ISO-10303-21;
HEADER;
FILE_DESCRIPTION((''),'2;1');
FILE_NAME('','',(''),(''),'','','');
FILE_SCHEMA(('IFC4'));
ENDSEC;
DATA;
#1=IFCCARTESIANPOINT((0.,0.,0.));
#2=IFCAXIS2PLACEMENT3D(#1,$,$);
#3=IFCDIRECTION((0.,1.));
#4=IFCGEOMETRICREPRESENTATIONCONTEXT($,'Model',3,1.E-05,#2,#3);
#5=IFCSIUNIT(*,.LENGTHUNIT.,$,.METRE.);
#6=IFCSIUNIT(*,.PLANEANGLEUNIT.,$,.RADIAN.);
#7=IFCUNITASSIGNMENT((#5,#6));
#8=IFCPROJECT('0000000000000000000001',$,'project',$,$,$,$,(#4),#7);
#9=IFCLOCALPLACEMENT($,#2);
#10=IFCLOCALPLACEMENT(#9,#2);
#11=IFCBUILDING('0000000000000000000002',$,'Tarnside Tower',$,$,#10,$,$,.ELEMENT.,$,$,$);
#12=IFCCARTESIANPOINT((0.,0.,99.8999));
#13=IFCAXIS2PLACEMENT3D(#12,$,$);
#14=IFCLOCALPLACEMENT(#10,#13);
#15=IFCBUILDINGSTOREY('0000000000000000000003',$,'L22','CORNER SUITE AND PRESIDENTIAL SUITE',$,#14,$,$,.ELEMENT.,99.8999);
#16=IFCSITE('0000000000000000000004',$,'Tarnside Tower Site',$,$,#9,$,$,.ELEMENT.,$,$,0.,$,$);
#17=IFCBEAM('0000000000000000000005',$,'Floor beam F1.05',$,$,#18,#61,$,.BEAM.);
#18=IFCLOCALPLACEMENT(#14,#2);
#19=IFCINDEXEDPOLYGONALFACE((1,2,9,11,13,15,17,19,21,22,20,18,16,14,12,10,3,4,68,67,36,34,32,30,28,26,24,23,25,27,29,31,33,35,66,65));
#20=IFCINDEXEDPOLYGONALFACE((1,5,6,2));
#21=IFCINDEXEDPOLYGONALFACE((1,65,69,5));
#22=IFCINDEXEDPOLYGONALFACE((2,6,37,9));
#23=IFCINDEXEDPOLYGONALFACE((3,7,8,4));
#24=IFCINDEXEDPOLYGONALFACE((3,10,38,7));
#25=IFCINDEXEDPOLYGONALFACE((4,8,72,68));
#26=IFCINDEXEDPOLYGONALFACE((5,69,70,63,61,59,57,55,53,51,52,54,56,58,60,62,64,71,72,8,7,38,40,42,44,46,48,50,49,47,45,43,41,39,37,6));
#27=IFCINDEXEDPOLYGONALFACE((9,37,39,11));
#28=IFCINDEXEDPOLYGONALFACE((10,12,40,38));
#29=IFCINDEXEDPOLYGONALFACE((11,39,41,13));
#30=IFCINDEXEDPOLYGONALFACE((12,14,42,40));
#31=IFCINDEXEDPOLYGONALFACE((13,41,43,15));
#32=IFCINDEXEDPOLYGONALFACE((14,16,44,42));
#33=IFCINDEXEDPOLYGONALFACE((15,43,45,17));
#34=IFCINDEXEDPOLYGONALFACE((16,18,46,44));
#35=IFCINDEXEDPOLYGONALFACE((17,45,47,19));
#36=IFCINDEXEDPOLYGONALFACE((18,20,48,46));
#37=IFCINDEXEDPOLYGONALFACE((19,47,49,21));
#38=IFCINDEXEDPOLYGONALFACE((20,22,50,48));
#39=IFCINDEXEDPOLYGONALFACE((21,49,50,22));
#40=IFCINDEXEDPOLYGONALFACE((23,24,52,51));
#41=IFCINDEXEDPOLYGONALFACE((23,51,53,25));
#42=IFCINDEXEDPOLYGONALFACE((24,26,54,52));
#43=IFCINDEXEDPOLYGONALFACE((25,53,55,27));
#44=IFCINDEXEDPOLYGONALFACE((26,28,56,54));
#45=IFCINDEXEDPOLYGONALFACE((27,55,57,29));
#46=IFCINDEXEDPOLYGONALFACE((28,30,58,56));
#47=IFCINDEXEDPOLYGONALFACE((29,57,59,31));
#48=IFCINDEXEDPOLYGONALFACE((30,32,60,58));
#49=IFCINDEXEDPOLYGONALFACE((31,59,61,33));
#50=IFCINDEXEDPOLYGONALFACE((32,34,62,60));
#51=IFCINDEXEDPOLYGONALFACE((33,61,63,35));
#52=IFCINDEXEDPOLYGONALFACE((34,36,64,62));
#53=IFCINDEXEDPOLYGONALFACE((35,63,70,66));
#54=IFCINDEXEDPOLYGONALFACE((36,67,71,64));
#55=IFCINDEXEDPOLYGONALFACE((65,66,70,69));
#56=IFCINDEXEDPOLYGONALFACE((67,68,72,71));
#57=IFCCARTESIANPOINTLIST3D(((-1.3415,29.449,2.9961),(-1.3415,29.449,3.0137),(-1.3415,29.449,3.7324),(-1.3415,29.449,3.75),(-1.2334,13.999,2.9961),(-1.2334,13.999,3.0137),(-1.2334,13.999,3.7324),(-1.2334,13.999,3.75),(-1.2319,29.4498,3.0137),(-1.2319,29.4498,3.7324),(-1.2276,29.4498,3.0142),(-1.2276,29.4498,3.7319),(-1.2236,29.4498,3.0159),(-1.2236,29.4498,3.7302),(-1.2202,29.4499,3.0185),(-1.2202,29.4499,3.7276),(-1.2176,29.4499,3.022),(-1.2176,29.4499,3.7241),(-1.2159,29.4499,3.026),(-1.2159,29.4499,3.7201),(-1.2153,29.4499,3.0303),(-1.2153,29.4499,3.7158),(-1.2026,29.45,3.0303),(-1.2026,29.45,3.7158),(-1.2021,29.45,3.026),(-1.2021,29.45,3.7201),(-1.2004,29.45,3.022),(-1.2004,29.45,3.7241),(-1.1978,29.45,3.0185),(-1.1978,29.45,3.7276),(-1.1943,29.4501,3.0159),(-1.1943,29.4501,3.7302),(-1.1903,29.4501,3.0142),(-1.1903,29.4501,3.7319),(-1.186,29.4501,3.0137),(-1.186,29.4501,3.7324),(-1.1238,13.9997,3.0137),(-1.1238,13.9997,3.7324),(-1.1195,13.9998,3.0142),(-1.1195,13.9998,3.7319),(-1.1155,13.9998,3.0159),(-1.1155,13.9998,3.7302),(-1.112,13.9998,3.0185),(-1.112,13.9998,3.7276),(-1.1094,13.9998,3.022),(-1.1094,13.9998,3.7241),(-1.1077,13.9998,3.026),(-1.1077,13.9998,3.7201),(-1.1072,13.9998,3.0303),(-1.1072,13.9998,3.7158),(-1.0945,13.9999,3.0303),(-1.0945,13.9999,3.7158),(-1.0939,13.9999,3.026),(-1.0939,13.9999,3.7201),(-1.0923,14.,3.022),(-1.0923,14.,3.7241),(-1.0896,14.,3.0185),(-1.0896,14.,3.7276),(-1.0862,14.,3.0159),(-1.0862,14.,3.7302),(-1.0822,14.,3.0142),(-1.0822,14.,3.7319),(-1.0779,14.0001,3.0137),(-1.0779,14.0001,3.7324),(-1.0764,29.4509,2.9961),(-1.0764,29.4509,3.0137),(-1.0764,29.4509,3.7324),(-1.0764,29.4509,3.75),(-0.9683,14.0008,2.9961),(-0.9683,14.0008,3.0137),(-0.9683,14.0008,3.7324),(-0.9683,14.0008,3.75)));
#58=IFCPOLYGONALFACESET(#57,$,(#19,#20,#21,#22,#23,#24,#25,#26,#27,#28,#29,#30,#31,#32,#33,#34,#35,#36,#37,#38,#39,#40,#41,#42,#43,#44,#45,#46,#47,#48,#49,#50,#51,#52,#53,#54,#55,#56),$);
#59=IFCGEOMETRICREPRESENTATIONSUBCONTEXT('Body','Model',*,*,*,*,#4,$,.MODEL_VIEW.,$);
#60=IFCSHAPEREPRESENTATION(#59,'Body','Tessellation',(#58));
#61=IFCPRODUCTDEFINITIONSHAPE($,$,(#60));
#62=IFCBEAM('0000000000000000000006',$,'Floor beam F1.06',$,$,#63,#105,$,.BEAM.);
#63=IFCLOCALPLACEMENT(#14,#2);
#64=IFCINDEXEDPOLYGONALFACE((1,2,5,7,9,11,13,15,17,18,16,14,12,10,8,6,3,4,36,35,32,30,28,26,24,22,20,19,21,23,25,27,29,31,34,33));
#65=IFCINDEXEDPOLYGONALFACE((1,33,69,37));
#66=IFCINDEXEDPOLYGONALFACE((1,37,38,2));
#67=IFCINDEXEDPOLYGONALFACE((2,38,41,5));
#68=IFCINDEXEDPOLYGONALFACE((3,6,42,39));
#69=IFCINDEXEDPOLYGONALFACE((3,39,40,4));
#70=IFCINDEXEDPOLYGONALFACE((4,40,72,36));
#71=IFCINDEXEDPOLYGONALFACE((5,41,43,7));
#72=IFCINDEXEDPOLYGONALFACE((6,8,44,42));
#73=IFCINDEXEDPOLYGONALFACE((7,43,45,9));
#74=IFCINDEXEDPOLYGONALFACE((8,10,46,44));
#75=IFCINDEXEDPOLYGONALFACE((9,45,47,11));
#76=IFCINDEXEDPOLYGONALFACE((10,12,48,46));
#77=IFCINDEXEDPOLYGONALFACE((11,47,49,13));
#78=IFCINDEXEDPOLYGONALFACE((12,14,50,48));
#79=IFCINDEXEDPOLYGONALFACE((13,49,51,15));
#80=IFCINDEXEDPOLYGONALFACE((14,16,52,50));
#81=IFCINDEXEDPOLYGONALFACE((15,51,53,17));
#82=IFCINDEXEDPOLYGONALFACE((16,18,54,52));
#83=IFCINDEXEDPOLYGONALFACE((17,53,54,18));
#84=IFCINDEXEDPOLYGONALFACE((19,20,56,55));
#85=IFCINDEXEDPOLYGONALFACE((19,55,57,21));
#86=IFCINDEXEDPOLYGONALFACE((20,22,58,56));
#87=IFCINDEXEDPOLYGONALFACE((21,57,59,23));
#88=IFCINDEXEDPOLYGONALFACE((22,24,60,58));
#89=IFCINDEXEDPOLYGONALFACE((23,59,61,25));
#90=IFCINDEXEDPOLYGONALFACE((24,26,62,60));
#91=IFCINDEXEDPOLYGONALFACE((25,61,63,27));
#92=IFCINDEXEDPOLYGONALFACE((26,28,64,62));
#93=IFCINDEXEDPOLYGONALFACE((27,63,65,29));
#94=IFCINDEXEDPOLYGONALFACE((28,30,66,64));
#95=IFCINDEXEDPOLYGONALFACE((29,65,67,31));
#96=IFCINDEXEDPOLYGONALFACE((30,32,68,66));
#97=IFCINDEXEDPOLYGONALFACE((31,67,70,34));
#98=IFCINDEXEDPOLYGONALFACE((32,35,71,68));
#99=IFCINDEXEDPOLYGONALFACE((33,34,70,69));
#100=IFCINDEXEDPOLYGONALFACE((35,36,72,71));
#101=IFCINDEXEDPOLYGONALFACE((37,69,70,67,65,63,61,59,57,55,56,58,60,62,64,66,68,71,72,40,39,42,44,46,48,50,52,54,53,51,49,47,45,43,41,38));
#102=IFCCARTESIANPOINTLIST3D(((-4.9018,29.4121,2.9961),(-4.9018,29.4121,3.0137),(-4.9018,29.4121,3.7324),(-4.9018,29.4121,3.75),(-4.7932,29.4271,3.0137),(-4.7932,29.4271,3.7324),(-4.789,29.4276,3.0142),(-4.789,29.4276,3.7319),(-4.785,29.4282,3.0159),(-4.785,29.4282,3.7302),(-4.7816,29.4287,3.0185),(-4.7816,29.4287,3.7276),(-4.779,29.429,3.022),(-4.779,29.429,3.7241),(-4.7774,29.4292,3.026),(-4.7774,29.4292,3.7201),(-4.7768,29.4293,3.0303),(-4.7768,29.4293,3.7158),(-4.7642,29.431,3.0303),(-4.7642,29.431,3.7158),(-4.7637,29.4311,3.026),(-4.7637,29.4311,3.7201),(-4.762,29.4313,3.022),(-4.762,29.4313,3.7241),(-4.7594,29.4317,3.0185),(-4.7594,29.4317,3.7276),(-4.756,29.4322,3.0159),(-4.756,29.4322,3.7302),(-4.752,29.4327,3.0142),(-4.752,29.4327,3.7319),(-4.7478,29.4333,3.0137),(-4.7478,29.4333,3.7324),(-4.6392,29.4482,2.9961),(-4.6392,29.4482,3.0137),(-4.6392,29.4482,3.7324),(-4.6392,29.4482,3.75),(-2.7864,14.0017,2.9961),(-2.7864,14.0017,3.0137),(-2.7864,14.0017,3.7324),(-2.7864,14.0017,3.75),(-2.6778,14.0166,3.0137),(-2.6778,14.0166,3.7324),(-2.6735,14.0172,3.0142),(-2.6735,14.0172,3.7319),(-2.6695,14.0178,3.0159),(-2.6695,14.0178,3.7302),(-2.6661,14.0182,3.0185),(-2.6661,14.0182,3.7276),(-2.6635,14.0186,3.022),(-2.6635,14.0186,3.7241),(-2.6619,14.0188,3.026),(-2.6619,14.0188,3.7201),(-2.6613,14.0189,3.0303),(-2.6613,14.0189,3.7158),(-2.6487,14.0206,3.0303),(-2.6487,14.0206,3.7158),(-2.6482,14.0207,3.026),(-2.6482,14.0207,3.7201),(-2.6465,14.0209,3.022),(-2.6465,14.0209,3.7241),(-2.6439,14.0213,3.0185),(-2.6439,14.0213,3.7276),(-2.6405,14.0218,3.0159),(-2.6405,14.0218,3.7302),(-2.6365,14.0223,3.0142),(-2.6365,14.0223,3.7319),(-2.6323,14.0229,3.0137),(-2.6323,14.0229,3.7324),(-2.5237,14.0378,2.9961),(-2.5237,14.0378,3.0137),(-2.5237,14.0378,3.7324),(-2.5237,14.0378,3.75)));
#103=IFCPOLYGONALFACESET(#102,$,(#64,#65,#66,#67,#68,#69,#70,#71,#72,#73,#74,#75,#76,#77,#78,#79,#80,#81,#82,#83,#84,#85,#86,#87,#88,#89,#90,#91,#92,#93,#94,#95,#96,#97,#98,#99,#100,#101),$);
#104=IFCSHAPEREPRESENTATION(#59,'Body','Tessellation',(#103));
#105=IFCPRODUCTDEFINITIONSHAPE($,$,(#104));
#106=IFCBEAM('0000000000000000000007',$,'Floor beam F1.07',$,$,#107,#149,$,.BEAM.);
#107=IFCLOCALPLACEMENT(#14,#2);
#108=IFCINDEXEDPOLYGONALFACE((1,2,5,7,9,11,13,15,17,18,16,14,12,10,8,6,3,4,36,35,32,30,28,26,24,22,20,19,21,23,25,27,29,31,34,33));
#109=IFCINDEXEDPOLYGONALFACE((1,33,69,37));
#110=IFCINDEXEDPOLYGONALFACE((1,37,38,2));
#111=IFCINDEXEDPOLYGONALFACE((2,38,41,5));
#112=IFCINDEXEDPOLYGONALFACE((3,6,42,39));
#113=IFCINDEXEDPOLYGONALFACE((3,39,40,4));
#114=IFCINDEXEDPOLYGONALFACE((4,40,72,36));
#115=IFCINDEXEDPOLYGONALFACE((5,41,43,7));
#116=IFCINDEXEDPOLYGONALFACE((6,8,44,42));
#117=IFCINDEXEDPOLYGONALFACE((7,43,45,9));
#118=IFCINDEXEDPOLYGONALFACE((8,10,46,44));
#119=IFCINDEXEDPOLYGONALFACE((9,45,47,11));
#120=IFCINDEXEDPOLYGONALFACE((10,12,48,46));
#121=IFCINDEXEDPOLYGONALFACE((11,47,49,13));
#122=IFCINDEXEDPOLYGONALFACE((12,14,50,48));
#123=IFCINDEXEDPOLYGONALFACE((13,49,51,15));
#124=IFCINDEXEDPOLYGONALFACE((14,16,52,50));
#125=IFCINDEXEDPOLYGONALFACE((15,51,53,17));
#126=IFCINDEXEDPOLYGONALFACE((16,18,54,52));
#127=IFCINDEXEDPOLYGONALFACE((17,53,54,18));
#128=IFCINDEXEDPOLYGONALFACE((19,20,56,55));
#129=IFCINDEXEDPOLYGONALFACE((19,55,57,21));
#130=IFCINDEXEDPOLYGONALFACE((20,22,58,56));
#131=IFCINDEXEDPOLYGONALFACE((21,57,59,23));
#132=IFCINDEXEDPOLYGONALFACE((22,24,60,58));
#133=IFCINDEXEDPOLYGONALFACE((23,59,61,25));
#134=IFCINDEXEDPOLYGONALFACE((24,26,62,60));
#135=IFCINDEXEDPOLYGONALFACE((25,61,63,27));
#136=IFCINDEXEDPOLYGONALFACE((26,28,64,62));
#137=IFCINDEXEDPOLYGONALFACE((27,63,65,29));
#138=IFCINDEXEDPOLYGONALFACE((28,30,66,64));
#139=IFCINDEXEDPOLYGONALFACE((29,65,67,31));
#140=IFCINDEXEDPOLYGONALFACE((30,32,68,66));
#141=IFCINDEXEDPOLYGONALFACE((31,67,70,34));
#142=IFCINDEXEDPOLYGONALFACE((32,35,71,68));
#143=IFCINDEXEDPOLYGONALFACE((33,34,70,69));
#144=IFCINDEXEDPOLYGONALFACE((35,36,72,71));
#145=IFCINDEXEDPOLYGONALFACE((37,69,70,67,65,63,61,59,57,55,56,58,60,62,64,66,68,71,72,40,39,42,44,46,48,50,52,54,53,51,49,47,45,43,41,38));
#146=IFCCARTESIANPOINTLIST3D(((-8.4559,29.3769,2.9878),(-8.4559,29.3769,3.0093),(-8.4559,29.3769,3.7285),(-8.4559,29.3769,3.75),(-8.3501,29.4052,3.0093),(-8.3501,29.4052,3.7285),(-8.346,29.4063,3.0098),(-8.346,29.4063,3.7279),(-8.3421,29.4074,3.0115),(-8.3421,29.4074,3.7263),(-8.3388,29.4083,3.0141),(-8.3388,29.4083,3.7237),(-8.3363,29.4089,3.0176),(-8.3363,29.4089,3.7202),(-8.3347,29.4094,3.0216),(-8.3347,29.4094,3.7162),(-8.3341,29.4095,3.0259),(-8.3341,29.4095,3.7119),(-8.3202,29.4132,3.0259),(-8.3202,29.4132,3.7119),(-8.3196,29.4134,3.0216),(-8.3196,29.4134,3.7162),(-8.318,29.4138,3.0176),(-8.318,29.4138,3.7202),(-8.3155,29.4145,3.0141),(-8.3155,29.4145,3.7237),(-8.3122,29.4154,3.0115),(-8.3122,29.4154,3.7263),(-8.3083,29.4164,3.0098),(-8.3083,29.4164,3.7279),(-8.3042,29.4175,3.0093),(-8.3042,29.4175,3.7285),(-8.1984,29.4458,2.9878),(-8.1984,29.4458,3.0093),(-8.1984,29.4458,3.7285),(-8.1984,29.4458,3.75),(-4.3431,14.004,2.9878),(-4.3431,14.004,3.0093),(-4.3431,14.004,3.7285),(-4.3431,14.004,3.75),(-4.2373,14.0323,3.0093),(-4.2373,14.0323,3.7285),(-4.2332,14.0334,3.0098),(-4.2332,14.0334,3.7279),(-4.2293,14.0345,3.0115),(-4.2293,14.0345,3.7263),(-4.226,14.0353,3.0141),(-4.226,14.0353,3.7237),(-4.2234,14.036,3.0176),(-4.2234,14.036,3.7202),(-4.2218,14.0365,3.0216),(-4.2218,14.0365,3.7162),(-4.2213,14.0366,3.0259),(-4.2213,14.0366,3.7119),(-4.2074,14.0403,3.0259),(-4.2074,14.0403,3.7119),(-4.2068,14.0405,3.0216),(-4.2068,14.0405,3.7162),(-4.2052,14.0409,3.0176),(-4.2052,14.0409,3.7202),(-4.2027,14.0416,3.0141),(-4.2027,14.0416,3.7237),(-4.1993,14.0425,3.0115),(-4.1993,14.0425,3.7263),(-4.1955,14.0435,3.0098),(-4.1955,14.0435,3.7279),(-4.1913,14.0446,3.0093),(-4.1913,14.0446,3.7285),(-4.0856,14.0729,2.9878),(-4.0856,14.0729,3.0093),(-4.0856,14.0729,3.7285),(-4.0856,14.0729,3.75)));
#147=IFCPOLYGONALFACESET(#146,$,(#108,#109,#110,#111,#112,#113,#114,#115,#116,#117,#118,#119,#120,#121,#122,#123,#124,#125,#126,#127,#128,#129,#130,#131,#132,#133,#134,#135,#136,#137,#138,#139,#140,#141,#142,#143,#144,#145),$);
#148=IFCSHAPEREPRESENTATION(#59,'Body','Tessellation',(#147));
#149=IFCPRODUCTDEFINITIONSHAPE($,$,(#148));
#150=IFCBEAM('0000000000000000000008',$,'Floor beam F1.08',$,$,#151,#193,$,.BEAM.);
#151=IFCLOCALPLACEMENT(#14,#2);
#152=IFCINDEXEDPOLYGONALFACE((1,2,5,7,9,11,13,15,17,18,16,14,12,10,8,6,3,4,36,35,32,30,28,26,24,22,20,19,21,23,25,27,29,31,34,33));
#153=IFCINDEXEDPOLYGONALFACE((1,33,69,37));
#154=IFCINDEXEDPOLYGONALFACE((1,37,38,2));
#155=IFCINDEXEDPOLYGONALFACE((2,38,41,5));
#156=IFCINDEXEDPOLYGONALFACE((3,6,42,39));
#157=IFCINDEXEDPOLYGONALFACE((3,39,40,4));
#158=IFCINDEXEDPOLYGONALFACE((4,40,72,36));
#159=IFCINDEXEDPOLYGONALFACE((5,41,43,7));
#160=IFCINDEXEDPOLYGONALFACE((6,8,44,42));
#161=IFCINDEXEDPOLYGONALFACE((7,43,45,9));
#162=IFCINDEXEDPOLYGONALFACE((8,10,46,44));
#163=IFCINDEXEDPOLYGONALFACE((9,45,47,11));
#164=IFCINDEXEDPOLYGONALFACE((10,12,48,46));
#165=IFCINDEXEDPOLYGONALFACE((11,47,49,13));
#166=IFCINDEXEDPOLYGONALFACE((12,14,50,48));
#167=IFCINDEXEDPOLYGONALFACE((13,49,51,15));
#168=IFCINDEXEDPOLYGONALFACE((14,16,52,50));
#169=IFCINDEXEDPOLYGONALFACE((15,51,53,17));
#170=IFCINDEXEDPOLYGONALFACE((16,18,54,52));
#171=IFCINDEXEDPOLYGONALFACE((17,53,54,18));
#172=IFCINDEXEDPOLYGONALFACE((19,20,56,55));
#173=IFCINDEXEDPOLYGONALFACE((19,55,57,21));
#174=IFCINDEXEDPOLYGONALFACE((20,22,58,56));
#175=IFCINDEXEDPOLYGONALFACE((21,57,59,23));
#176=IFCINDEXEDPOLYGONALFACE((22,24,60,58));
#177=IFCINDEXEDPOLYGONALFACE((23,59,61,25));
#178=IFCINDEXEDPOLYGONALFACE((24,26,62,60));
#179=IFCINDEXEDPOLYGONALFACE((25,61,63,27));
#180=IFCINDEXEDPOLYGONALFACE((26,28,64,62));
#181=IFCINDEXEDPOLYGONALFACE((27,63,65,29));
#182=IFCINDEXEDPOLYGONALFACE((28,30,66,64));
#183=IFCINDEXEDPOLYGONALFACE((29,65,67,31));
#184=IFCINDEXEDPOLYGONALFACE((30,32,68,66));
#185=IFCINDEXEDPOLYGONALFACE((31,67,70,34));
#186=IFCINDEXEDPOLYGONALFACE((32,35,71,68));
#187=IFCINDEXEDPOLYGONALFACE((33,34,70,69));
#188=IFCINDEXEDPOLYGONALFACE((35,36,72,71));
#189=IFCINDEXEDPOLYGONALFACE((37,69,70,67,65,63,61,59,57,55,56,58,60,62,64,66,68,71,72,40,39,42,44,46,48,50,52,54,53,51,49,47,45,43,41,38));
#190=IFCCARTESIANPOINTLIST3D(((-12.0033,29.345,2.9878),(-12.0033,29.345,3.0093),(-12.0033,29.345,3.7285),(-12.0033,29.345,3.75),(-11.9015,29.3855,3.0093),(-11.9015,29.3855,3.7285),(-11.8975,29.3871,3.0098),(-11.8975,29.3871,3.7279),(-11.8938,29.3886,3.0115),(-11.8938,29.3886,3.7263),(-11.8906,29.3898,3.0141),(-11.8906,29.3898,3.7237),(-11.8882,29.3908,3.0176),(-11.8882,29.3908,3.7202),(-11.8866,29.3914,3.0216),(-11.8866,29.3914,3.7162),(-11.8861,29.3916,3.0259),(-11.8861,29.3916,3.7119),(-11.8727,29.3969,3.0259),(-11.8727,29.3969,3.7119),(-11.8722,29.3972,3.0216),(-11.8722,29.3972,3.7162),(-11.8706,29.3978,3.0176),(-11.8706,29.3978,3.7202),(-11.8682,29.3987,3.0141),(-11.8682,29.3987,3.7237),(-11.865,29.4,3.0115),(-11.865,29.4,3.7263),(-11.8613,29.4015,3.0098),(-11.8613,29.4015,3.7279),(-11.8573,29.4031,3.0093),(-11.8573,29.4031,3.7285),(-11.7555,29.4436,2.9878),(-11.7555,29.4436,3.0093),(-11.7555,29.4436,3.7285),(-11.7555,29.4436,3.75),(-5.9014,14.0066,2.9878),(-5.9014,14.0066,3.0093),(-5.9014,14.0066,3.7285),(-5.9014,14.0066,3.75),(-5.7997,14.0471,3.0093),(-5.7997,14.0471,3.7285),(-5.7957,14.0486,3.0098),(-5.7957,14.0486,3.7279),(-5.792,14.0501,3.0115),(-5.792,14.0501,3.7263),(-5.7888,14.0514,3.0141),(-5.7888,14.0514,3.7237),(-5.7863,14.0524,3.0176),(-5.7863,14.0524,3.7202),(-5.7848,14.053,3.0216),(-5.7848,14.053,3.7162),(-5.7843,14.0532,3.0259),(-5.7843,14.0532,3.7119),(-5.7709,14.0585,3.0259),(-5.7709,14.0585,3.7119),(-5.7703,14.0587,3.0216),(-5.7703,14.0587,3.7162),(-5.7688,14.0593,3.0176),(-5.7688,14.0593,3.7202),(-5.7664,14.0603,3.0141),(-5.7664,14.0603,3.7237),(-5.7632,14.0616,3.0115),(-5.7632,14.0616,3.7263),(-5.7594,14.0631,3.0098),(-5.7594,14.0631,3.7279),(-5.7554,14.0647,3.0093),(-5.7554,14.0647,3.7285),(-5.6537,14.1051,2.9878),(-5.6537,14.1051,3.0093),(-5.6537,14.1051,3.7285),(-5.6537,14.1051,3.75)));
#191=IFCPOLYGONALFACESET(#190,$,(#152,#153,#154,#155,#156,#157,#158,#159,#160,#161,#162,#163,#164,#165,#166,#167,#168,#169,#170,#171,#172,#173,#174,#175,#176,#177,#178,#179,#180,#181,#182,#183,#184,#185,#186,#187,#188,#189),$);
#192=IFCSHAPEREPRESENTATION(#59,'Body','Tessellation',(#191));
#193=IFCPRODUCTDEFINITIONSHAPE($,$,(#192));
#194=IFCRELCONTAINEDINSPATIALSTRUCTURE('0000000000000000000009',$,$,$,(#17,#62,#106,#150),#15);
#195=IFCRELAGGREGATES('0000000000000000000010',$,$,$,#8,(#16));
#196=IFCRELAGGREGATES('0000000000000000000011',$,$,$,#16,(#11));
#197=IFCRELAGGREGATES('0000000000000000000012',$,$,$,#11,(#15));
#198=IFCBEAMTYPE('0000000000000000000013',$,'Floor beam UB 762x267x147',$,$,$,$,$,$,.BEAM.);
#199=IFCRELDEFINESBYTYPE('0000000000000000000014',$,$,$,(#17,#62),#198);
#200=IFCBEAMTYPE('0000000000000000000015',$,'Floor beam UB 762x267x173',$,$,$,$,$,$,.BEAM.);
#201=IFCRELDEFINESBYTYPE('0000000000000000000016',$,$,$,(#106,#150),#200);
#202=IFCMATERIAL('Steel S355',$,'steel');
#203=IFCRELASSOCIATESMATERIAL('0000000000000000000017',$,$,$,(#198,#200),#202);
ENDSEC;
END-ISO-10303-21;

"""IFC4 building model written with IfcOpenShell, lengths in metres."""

from ifc_helpers import new_model, si_unit, direction, frame, origin, origin_2d, place, context, subcontext, project, spatial, i_section, extrude, material, material_profile, profile_set, type_object, element, save


model = new_model("IFC4")

# Units and contexts
model_context = context("Model", 3, precision=1e-05, world=origin(), true_north=direction((0.0, 1.0)))
body_context = subcontext(model_context, "Body", "Model", "MODEL_VIEW")
ifc_project = project(units=[si_unit("LENGTHUNIT", "METRE"), si_unit("PLANEANGLEUNIT", "RADIAN")], contexts=[model_context])

# Site, building, storey
site_placement = place(None, origin())
site = spatial("IfcSite", under=ifc_project, at=site_placement, Name="Tarnside Tower Site", CompositionType="ELEMENT", RefElevation=0.0)
building_placement = place(site_placement, origin())
building = spatial("IfcBuilding", under=site, at=building_placement, Name="Tarnside Tower", CompositionType="ELEMENT")
storey_placement = place(building_placement, frame((0.0, 0.0, 99.8999)))
storey = spatial("IfcBuildingStorey", under=building, at=storey_placement, Name="L22", Description="CORNER SUITE AND PRESIDENTIAL SUITE", CompositionType="ELEMENT", Elevation=99.8999)

# Beams
ifc_material_1 = material(Name="Steel S355", Category="steel")
ifc_material_profile_1 = material_profile(ifc_material_1, i_section(OverallWidth=0.2651, OverallDepth=0.7539, WebThickness=0.0127, FlangeThickness=0.0176, FilletRadius=0.0166, at=origin_2d()), Name="UB 762x267x147")
ifc_profile_set_1 = profile_set([ifc_material_profile_1], Name="Steel S355")
beam_type_1 = type_object("IfcBeamType", Name="Floor beam UB 762x267x147", PredefinedType="BEAM", material=ifc_profile_set_1)
beam_1_placement = place(storey_placement, frame((-1.209, 29.45, 3.373), z_axis=(0.007, -0.999975, 0.0), x_axis=(0.999975, 0.007, 0.0)))
element("IfcBeam", 1, at=beam_1_placement, inside=storey, type_object=beam_type_1, Name="Floor beam F1.05", PredefinedType="BEAM", context=body_context, shape_type="SweptSolid", body=[
    extrude(i_section(OverallWidth=0.2651, OverallDepth=0.7539, WebThickness=0.0127, FlangeThickness=0.0176, FilletRadius=0.0166, at=origin_2d()), origin(), (0.0, 0.0, 1.0), 15.4504),
])
beam_2_placement = place(storey_placement, frame((-4.7705, 29.4302, 3.373), z_axis=(0.136001, -0.990709, 0.0), x_axis=(0.990709, 0.136001, 0.0)))
element("IfcBeam", 2, at=beam_2_placement, inside=storey, type_object=beam_type_1, Name="Floor beam F1.06", PredefinedType="BEAM", context=body_context, shape_type="SweptSolid", body=[
    extrude(i_section(OverallWidth=0.2651, OverallDepth=0.7539, WebThickness=0.0127, FlangeThickness=0.0176, FilletRadius=0.0166, at=origin_2d()), origin(), (0.0, 0.0, 1.0), 15.5549),
])
ifc_material_profile_2 = material_profile(ifc_material_1, i_section(OverallWidth=0.2666, OverallDepth=0.7622, WebThickness=0.0144, FlangeThickness=0.0215, FilletRadius=0.0166, at=origin_2d()), Name="UB 762x267x173")
ifc_profile_set_2 = profile_set([ifc_material_profile_2], Name="Steel S355")
beam_type_2 = type_object("IfcBeamType", Name="Floor beam UB 762x267x173", PredefinedType="BEAM", material=ifc_profile_set_2)
beam_3_placement = place(storey_placement, frame((-8.3271, 29.4114, 3.3689), z_axis=(0.258447, -0.966025, 0.0), x_axis=(0.966025, 0.258447, 0.0)))
element("IfcBeam", 3, at=beam_3_placement, inside=storey, type_object=beam_type_2, Name="Floor beam F1.07", PredefinedType="BEAM", context=body_context, shape_type="SweptSolid", body=[
    extrude(i_section(OverallWidth=0.2666, OverallDepth=0.7622, WebThickness=0.0144, FlangeThickness=0.0215, FilletRadius=0.0166, at=origin_2d()), origin(), (0.0, 0.0, 1.0), 15.9136),
])
beam_4_placement = place(storey_placement, frame((-11.8794, 29.3943, 3.3689), z_axis=(0.369638, -0.929176, 0.0), x_axis=(0.929176, 0.369638, 0.0)))
element("IfcBeam", 4, at=beam_4_placement, inside=storey, type_object=beam_type_2, Name="Floor beam F1.08", PredefinedType="BEAM", context=body_context, shape_type="SweptSolid", body=[
    extrude(i_section(OverallWidth=0.2666, OverallDepth=0.7622, WebThickness=0.0144, FlangeThickness=0.0215, FilletRadius=0.0166, at=origin_2d()), origin(), (0.0, 0.0, 1.0), 16.5076),
])

save(model, "model.ifc")
